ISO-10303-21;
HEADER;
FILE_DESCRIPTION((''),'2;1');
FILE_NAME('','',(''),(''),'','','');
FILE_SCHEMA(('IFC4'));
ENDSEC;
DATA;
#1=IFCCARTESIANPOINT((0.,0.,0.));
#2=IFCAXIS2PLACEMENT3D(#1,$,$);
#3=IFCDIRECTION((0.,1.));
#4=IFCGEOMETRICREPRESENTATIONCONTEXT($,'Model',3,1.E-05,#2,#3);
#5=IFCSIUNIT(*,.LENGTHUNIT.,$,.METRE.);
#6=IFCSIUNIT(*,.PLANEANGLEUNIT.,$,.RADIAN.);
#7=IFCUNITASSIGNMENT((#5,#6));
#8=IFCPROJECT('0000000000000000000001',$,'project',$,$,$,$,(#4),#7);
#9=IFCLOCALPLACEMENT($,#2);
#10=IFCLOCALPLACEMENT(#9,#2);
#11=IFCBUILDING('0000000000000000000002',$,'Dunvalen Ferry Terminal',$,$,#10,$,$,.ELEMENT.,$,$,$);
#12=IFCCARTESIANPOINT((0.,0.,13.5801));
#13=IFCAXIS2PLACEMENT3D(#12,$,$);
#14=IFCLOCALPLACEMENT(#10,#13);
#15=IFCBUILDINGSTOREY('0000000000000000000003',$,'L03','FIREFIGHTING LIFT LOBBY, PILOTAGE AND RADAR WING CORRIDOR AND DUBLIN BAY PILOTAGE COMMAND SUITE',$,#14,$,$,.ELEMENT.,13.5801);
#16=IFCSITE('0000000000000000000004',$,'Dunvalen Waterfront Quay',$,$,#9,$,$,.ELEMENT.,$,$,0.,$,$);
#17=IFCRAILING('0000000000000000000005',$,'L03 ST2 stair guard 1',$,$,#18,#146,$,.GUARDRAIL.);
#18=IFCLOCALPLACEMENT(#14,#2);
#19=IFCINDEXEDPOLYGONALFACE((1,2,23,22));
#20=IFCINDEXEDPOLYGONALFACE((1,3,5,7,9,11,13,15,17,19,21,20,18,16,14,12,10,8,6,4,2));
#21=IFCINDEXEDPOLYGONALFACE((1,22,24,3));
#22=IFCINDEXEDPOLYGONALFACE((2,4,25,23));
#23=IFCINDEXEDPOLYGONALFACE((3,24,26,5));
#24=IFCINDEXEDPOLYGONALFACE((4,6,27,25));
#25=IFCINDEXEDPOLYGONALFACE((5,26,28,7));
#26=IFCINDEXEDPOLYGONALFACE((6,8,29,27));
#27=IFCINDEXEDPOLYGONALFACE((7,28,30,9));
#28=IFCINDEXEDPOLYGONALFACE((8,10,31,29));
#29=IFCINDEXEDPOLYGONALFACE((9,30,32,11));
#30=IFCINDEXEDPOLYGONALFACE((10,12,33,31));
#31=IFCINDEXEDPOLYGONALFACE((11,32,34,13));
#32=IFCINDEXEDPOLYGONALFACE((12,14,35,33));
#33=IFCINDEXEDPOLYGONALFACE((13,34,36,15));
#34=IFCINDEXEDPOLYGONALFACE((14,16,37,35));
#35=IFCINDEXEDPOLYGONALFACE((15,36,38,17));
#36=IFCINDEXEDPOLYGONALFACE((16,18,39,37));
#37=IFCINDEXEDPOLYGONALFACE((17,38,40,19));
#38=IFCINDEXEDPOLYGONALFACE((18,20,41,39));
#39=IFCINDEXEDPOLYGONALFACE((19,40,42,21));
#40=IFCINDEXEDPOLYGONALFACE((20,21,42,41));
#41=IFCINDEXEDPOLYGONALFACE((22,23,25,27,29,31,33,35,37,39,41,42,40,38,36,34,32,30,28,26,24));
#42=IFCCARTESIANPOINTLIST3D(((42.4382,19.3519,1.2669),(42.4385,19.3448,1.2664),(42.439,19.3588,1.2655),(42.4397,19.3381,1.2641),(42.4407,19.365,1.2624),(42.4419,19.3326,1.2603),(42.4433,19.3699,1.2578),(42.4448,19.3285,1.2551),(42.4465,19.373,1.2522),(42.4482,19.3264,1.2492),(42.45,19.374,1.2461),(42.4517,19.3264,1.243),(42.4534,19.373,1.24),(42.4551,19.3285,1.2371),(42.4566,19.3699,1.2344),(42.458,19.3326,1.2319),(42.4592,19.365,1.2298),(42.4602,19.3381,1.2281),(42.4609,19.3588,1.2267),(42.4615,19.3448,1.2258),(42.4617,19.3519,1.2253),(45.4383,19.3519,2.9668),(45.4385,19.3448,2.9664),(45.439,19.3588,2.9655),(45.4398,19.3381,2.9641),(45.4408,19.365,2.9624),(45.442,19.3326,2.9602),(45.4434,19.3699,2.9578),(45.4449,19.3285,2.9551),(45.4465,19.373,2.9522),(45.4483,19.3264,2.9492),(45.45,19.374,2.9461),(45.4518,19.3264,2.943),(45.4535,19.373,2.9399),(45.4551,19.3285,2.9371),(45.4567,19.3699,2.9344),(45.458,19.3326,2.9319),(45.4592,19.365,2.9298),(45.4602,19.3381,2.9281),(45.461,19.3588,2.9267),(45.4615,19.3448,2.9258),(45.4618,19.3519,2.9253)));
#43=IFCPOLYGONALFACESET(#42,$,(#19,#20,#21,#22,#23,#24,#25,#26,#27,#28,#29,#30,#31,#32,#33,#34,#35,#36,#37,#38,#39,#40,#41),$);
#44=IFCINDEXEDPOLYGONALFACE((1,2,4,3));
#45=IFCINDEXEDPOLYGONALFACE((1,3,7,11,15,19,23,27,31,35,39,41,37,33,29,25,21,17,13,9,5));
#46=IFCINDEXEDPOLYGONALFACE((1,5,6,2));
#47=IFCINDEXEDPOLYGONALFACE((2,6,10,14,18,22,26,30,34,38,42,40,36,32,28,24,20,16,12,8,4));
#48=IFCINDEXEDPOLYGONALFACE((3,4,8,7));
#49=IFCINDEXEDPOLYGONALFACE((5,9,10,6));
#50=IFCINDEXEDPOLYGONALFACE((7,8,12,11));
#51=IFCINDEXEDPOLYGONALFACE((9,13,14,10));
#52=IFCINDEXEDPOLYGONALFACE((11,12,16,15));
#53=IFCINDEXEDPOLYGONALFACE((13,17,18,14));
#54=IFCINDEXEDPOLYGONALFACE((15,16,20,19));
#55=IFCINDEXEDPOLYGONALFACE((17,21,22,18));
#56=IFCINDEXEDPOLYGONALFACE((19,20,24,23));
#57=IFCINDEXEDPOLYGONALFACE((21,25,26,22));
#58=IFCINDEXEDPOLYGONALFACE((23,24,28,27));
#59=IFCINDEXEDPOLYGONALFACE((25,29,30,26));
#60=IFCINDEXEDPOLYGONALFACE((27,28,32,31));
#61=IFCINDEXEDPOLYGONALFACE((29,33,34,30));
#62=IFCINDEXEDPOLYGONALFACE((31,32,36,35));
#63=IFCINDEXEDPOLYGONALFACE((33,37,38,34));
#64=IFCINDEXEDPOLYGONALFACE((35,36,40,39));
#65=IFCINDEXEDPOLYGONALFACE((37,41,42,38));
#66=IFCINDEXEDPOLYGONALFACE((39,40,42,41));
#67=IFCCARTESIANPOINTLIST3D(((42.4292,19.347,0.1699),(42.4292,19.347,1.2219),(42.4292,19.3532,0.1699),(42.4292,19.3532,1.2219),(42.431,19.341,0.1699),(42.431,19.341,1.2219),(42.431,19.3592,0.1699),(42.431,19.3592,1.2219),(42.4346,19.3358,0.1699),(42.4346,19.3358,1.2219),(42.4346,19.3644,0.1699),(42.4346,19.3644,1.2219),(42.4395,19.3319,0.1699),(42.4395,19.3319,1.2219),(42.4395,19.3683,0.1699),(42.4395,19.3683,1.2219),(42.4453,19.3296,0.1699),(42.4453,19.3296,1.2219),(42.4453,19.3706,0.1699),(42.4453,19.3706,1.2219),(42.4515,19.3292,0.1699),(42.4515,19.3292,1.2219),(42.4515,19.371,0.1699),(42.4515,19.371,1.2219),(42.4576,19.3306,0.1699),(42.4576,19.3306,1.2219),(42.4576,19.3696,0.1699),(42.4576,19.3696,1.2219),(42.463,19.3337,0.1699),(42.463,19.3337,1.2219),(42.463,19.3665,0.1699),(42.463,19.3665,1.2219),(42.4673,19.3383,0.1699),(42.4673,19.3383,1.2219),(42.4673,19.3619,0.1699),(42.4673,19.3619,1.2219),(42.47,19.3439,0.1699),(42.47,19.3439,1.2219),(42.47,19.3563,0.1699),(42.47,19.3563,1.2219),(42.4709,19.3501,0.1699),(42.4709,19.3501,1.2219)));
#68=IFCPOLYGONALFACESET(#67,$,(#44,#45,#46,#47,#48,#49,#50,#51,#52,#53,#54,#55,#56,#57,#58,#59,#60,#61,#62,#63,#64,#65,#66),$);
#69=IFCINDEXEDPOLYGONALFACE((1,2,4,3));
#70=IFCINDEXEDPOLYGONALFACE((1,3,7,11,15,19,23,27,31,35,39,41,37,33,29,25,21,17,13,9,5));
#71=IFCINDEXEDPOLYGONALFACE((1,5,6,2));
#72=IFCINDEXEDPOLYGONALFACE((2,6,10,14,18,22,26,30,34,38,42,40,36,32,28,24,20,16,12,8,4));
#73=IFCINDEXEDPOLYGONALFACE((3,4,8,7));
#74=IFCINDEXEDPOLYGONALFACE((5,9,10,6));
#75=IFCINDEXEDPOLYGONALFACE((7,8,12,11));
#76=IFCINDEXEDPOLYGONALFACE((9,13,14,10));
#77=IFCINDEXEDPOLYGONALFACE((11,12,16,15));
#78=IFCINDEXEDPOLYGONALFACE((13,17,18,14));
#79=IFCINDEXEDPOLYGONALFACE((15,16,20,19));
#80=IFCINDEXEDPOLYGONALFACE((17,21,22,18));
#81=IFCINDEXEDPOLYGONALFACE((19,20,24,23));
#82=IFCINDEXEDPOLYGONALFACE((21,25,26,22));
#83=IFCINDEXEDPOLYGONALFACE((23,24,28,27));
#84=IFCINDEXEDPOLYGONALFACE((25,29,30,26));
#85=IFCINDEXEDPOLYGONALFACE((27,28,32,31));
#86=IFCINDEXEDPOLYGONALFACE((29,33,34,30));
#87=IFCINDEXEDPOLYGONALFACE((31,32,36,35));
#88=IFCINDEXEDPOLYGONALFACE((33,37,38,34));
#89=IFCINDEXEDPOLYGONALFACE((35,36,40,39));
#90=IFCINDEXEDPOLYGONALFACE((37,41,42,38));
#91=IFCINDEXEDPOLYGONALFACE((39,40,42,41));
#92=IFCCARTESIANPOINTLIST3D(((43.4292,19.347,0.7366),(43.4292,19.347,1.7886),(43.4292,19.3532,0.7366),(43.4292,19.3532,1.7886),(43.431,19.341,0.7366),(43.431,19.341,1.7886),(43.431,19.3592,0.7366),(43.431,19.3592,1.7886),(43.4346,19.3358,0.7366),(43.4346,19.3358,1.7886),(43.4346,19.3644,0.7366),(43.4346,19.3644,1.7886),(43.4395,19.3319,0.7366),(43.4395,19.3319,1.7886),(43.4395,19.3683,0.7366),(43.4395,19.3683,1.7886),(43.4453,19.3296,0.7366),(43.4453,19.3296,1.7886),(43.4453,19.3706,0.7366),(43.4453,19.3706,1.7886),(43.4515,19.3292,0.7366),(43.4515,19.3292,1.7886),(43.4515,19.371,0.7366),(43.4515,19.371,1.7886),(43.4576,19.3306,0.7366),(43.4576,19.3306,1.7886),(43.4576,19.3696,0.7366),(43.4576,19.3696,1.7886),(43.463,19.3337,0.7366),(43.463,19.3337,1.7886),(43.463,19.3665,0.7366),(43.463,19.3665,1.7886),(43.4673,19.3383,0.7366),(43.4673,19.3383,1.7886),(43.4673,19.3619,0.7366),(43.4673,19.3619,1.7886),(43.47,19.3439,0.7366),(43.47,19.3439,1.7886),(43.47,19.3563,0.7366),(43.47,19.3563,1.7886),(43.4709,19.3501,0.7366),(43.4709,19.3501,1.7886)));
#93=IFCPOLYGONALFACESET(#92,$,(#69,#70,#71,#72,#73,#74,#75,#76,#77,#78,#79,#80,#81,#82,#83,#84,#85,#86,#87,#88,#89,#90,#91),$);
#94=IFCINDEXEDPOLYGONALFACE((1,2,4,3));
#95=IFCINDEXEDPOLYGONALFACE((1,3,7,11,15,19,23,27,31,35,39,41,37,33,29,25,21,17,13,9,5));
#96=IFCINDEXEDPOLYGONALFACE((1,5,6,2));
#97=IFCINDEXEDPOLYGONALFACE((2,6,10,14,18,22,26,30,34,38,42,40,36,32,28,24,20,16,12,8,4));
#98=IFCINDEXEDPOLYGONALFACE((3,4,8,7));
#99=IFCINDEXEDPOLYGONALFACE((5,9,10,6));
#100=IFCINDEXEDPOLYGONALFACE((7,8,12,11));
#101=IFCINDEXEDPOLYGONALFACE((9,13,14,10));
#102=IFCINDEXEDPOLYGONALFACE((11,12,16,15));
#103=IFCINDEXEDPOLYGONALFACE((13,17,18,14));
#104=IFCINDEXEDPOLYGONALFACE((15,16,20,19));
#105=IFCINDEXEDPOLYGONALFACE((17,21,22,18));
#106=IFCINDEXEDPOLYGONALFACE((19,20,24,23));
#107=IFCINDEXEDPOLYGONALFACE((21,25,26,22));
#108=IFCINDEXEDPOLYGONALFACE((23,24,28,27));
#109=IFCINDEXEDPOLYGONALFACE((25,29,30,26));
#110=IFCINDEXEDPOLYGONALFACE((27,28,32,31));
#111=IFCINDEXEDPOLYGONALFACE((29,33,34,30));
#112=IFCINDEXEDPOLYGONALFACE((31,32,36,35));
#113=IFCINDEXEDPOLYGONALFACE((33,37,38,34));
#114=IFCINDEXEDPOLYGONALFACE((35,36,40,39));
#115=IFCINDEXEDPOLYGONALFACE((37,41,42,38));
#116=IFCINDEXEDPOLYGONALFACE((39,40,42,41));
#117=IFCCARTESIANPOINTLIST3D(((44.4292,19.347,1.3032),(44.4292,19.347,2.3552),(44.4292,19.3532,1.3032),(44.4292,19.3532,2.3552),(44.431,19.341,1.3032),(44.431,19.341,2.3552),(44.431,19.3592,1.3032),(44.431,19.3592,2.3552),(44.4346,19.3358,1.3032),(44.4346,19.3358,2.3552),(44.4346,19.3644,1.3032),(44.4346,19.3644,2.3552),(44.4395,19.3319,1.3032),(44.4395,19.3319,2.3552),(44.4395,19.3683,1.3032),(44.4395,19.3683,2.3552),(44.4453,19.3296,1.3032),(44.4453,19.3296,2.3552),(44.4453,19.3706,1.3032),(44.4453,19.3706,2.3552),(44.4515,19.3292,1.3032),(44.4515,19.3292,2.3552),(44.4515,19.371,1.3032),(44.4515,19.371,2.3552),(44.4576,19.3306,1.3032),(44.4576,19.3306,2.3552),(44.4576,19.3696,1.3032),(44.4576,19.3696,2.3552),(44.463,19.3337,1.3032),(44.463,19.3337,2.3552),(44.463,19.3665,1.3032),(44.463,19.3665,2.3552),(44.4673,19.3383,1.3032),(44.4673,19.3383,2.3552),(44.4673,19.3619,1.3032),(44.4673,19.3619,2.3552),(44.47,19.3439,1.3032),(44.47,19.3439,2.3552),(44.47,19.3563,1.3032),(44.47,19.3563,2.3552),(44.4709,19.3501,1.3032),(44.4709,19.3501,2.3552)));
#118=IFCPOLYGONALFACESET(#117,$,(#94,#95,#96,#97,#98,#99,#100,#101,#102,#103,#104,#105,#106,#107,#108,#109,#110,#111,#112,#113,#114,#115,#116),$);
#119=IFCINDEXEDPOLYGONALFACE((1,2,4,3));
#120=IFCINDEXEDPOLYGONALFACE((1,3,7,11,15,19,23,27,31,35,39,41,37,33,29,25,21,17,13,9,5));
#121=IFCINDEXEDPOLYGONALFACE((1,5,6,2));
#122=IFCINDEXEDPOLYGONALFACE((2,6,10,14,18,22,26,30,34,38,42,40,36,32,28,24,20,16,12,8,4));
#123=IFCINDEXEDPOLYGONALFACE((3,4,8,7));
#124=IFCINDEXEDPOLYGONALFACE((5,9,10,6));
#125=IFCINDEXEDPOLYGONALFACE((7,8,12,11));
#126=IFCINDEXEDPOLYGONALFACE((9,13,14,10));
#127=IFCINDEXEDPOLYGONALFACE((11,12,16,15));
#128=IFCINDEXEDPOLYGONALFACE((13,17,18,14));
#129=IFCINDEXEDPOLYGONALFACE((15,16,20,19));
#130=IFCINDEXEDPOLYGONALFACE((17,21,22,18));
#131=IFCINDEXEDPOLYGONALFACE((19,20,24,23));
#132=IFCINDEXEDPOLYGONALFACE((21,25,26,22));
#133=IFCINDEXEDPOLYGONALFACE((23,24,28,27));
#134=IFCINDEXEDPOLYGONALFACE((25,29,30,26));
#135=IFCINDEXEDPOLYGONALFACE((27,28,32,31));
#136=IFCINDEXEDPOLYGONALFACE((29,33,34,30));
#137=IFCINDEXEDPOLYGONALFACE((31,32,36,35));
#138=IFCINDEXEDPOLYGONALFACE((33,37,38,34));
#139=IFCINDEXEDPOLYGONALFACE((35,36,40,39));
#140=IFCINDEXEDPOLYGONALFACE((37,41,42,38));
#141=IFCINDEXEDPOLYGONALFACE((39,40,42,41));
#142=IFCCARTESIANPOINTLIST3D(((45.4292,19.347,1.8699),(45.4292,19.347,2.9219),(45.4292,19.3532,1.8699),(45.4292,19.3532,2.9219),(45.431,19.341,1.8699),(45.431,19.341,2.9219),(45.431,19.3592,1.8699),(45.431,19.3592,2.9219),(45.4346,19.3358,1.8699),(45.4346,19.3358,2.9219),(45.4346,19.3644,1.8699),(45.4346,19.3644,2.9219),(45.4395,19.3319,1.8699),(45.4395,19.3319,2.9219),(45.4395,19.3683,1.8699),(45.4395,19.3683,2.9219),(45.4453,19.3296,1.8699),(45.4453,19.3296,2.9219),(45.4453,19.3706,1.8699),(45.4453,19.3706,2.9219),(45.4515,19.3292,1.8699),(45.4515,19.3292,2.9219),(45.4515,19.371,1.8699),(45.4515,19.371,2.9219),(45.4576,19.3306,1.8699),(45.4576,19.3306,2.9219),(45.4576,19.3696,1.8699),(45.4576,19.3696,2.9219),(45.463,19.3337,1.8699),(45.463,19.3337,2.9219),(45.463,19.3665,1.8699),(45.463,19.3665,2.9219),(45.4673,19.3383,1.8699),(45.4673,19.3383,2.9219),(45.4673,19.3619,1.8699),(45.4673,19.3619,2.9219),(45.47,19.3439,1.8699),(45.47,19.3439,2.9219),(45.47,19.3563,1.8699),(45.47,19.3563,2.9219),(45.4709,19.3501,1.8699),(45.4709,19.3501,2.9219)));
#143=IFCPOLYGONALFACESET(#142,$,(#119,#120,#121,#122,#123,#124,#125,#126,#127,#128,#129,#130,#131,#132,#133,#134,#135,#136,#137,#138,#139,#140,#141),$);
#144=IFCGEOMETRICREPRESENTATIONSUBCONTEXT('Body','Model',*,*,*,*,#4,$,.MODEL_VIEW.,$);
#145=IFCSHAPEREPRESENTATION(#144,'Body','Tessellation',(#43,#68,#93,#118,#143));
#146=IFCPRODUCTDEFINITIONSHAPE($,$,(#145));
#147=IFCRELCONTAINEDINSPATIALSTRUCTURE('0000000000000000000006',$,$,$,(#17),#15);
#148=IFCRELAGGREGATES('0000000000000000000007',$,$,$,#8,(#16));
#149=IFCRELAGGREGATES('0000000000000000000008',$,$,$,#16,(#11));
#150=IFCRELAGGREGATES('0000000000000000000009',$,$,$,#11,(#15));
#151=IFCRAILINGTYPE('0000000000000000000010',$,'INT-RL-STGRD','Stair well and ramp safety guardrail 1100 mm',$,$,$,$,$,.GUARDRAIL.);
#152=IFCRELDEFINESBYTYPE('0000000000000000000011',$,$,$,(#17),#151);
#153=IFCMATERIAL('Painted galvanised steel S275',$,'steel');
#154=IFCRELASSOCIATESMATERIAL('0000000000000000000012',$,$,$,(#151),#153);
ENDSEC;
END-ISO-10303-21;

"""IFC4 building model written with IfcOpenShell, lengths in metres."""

from ifc_helpers import new_model, si_unit, direction, frame, origin, origin_2d, place, context, subcontext, project, spatial, circle, extrude, material, type_object, element, save


model = new_model("IFC4")

# Units and contexts
model_context = context("Model", 3, precision=1e-05, world=origin(), true_north=direction((0.0, 1.0)))
body_context = subcontext(model_context, "Body", "Model", "MODEL_VIEW")
ifc_project = project(units=[si_unit("LENGTHUNIT", "METRE"), si_unit("PLANEANGLEUNIT", "RADIAN")], contexts=[model_context])

# Site, building, storey
site_placement = place(None, origin())
site = spatial("IfcSite", under=ifc_project, at=site_placement, Name="Dunvalen Waterfront Quay", CompositionType="ELEMENT", RefElevation=0.0)
building_placement = place(site_placement, origin())
building = spatial("IfcBuilding", under=site, at=building_placement, Name="Dunvalen Ferry Terminal", CompositionType="ELEMENT")
storey_placement = place(building_placement, frame((0.0, 0.0, 13.5801)))
storey = spatial("IfcBuildingStorey", under=building, at=storey_placement, Name="L03", Description="FIREFIGHTING LIFT LOBBY, PILOTAGE AND RADAR WING CORRIDOR AND DUBLIN BAY PILOTAGE COMMAND SUITE", CompositionType="ELEMENT", Elevation=13.5801)

# Railing
ifc_material_1 = material(Name="Painted galvanised steel S275", Category="steel")
railing_type_1 = type_object("IfcRailingType", Name="INT-RL-STGRD", Description="Stair well and ramp safety guardrail 1100 mm", PredefinedType="GUARDRAIL", material=ifc_material_1)
railing_1_placement = place(storey_placement, frame((42.45, 19.3501, 0.1699)))
element("IfcRailing", 1, at=railing_1_placement, inside=storey, type_object=railing_type_1, Name="L03 ST2 stair guard 1", PredefinedType="GUARDRAIL", context=body_context, shape_type="SweptSolid", body=[
    extrude(circle(Radius=0.0239, at=origin_2d()), frame((0.0, 0.0, 1.0762), z_axis=(0.870028, 0.0, 0.493002), x_axis=(0.0, 1.0, 0.0)), (0.0, 0.0, 1.0), 3.4482),
    extrude(circle(Radius=0.021, at=origin_2d()), origin(), (0.0, 0.0, 1.0), 1.052),
    extrude(circle(Radius=0.021, at=origin_2d()), frame((1.0, 0.0, 0.5667)), (0.0, 0.0, 1.0), 1.052),
    extrude(circle(Radius=0.021, at=origin_2d()), frame((2.0, 0.0, 1.1333)), (0.0, 0.0, 1.0), 1.052),
    extrude(circle(Radius=0.021, at=origin_2d()), frame((3.0, 0.0, 1.7)), (0.0, 0.0, 1.0), 1.052),
])

save(model, "model.ifc")
